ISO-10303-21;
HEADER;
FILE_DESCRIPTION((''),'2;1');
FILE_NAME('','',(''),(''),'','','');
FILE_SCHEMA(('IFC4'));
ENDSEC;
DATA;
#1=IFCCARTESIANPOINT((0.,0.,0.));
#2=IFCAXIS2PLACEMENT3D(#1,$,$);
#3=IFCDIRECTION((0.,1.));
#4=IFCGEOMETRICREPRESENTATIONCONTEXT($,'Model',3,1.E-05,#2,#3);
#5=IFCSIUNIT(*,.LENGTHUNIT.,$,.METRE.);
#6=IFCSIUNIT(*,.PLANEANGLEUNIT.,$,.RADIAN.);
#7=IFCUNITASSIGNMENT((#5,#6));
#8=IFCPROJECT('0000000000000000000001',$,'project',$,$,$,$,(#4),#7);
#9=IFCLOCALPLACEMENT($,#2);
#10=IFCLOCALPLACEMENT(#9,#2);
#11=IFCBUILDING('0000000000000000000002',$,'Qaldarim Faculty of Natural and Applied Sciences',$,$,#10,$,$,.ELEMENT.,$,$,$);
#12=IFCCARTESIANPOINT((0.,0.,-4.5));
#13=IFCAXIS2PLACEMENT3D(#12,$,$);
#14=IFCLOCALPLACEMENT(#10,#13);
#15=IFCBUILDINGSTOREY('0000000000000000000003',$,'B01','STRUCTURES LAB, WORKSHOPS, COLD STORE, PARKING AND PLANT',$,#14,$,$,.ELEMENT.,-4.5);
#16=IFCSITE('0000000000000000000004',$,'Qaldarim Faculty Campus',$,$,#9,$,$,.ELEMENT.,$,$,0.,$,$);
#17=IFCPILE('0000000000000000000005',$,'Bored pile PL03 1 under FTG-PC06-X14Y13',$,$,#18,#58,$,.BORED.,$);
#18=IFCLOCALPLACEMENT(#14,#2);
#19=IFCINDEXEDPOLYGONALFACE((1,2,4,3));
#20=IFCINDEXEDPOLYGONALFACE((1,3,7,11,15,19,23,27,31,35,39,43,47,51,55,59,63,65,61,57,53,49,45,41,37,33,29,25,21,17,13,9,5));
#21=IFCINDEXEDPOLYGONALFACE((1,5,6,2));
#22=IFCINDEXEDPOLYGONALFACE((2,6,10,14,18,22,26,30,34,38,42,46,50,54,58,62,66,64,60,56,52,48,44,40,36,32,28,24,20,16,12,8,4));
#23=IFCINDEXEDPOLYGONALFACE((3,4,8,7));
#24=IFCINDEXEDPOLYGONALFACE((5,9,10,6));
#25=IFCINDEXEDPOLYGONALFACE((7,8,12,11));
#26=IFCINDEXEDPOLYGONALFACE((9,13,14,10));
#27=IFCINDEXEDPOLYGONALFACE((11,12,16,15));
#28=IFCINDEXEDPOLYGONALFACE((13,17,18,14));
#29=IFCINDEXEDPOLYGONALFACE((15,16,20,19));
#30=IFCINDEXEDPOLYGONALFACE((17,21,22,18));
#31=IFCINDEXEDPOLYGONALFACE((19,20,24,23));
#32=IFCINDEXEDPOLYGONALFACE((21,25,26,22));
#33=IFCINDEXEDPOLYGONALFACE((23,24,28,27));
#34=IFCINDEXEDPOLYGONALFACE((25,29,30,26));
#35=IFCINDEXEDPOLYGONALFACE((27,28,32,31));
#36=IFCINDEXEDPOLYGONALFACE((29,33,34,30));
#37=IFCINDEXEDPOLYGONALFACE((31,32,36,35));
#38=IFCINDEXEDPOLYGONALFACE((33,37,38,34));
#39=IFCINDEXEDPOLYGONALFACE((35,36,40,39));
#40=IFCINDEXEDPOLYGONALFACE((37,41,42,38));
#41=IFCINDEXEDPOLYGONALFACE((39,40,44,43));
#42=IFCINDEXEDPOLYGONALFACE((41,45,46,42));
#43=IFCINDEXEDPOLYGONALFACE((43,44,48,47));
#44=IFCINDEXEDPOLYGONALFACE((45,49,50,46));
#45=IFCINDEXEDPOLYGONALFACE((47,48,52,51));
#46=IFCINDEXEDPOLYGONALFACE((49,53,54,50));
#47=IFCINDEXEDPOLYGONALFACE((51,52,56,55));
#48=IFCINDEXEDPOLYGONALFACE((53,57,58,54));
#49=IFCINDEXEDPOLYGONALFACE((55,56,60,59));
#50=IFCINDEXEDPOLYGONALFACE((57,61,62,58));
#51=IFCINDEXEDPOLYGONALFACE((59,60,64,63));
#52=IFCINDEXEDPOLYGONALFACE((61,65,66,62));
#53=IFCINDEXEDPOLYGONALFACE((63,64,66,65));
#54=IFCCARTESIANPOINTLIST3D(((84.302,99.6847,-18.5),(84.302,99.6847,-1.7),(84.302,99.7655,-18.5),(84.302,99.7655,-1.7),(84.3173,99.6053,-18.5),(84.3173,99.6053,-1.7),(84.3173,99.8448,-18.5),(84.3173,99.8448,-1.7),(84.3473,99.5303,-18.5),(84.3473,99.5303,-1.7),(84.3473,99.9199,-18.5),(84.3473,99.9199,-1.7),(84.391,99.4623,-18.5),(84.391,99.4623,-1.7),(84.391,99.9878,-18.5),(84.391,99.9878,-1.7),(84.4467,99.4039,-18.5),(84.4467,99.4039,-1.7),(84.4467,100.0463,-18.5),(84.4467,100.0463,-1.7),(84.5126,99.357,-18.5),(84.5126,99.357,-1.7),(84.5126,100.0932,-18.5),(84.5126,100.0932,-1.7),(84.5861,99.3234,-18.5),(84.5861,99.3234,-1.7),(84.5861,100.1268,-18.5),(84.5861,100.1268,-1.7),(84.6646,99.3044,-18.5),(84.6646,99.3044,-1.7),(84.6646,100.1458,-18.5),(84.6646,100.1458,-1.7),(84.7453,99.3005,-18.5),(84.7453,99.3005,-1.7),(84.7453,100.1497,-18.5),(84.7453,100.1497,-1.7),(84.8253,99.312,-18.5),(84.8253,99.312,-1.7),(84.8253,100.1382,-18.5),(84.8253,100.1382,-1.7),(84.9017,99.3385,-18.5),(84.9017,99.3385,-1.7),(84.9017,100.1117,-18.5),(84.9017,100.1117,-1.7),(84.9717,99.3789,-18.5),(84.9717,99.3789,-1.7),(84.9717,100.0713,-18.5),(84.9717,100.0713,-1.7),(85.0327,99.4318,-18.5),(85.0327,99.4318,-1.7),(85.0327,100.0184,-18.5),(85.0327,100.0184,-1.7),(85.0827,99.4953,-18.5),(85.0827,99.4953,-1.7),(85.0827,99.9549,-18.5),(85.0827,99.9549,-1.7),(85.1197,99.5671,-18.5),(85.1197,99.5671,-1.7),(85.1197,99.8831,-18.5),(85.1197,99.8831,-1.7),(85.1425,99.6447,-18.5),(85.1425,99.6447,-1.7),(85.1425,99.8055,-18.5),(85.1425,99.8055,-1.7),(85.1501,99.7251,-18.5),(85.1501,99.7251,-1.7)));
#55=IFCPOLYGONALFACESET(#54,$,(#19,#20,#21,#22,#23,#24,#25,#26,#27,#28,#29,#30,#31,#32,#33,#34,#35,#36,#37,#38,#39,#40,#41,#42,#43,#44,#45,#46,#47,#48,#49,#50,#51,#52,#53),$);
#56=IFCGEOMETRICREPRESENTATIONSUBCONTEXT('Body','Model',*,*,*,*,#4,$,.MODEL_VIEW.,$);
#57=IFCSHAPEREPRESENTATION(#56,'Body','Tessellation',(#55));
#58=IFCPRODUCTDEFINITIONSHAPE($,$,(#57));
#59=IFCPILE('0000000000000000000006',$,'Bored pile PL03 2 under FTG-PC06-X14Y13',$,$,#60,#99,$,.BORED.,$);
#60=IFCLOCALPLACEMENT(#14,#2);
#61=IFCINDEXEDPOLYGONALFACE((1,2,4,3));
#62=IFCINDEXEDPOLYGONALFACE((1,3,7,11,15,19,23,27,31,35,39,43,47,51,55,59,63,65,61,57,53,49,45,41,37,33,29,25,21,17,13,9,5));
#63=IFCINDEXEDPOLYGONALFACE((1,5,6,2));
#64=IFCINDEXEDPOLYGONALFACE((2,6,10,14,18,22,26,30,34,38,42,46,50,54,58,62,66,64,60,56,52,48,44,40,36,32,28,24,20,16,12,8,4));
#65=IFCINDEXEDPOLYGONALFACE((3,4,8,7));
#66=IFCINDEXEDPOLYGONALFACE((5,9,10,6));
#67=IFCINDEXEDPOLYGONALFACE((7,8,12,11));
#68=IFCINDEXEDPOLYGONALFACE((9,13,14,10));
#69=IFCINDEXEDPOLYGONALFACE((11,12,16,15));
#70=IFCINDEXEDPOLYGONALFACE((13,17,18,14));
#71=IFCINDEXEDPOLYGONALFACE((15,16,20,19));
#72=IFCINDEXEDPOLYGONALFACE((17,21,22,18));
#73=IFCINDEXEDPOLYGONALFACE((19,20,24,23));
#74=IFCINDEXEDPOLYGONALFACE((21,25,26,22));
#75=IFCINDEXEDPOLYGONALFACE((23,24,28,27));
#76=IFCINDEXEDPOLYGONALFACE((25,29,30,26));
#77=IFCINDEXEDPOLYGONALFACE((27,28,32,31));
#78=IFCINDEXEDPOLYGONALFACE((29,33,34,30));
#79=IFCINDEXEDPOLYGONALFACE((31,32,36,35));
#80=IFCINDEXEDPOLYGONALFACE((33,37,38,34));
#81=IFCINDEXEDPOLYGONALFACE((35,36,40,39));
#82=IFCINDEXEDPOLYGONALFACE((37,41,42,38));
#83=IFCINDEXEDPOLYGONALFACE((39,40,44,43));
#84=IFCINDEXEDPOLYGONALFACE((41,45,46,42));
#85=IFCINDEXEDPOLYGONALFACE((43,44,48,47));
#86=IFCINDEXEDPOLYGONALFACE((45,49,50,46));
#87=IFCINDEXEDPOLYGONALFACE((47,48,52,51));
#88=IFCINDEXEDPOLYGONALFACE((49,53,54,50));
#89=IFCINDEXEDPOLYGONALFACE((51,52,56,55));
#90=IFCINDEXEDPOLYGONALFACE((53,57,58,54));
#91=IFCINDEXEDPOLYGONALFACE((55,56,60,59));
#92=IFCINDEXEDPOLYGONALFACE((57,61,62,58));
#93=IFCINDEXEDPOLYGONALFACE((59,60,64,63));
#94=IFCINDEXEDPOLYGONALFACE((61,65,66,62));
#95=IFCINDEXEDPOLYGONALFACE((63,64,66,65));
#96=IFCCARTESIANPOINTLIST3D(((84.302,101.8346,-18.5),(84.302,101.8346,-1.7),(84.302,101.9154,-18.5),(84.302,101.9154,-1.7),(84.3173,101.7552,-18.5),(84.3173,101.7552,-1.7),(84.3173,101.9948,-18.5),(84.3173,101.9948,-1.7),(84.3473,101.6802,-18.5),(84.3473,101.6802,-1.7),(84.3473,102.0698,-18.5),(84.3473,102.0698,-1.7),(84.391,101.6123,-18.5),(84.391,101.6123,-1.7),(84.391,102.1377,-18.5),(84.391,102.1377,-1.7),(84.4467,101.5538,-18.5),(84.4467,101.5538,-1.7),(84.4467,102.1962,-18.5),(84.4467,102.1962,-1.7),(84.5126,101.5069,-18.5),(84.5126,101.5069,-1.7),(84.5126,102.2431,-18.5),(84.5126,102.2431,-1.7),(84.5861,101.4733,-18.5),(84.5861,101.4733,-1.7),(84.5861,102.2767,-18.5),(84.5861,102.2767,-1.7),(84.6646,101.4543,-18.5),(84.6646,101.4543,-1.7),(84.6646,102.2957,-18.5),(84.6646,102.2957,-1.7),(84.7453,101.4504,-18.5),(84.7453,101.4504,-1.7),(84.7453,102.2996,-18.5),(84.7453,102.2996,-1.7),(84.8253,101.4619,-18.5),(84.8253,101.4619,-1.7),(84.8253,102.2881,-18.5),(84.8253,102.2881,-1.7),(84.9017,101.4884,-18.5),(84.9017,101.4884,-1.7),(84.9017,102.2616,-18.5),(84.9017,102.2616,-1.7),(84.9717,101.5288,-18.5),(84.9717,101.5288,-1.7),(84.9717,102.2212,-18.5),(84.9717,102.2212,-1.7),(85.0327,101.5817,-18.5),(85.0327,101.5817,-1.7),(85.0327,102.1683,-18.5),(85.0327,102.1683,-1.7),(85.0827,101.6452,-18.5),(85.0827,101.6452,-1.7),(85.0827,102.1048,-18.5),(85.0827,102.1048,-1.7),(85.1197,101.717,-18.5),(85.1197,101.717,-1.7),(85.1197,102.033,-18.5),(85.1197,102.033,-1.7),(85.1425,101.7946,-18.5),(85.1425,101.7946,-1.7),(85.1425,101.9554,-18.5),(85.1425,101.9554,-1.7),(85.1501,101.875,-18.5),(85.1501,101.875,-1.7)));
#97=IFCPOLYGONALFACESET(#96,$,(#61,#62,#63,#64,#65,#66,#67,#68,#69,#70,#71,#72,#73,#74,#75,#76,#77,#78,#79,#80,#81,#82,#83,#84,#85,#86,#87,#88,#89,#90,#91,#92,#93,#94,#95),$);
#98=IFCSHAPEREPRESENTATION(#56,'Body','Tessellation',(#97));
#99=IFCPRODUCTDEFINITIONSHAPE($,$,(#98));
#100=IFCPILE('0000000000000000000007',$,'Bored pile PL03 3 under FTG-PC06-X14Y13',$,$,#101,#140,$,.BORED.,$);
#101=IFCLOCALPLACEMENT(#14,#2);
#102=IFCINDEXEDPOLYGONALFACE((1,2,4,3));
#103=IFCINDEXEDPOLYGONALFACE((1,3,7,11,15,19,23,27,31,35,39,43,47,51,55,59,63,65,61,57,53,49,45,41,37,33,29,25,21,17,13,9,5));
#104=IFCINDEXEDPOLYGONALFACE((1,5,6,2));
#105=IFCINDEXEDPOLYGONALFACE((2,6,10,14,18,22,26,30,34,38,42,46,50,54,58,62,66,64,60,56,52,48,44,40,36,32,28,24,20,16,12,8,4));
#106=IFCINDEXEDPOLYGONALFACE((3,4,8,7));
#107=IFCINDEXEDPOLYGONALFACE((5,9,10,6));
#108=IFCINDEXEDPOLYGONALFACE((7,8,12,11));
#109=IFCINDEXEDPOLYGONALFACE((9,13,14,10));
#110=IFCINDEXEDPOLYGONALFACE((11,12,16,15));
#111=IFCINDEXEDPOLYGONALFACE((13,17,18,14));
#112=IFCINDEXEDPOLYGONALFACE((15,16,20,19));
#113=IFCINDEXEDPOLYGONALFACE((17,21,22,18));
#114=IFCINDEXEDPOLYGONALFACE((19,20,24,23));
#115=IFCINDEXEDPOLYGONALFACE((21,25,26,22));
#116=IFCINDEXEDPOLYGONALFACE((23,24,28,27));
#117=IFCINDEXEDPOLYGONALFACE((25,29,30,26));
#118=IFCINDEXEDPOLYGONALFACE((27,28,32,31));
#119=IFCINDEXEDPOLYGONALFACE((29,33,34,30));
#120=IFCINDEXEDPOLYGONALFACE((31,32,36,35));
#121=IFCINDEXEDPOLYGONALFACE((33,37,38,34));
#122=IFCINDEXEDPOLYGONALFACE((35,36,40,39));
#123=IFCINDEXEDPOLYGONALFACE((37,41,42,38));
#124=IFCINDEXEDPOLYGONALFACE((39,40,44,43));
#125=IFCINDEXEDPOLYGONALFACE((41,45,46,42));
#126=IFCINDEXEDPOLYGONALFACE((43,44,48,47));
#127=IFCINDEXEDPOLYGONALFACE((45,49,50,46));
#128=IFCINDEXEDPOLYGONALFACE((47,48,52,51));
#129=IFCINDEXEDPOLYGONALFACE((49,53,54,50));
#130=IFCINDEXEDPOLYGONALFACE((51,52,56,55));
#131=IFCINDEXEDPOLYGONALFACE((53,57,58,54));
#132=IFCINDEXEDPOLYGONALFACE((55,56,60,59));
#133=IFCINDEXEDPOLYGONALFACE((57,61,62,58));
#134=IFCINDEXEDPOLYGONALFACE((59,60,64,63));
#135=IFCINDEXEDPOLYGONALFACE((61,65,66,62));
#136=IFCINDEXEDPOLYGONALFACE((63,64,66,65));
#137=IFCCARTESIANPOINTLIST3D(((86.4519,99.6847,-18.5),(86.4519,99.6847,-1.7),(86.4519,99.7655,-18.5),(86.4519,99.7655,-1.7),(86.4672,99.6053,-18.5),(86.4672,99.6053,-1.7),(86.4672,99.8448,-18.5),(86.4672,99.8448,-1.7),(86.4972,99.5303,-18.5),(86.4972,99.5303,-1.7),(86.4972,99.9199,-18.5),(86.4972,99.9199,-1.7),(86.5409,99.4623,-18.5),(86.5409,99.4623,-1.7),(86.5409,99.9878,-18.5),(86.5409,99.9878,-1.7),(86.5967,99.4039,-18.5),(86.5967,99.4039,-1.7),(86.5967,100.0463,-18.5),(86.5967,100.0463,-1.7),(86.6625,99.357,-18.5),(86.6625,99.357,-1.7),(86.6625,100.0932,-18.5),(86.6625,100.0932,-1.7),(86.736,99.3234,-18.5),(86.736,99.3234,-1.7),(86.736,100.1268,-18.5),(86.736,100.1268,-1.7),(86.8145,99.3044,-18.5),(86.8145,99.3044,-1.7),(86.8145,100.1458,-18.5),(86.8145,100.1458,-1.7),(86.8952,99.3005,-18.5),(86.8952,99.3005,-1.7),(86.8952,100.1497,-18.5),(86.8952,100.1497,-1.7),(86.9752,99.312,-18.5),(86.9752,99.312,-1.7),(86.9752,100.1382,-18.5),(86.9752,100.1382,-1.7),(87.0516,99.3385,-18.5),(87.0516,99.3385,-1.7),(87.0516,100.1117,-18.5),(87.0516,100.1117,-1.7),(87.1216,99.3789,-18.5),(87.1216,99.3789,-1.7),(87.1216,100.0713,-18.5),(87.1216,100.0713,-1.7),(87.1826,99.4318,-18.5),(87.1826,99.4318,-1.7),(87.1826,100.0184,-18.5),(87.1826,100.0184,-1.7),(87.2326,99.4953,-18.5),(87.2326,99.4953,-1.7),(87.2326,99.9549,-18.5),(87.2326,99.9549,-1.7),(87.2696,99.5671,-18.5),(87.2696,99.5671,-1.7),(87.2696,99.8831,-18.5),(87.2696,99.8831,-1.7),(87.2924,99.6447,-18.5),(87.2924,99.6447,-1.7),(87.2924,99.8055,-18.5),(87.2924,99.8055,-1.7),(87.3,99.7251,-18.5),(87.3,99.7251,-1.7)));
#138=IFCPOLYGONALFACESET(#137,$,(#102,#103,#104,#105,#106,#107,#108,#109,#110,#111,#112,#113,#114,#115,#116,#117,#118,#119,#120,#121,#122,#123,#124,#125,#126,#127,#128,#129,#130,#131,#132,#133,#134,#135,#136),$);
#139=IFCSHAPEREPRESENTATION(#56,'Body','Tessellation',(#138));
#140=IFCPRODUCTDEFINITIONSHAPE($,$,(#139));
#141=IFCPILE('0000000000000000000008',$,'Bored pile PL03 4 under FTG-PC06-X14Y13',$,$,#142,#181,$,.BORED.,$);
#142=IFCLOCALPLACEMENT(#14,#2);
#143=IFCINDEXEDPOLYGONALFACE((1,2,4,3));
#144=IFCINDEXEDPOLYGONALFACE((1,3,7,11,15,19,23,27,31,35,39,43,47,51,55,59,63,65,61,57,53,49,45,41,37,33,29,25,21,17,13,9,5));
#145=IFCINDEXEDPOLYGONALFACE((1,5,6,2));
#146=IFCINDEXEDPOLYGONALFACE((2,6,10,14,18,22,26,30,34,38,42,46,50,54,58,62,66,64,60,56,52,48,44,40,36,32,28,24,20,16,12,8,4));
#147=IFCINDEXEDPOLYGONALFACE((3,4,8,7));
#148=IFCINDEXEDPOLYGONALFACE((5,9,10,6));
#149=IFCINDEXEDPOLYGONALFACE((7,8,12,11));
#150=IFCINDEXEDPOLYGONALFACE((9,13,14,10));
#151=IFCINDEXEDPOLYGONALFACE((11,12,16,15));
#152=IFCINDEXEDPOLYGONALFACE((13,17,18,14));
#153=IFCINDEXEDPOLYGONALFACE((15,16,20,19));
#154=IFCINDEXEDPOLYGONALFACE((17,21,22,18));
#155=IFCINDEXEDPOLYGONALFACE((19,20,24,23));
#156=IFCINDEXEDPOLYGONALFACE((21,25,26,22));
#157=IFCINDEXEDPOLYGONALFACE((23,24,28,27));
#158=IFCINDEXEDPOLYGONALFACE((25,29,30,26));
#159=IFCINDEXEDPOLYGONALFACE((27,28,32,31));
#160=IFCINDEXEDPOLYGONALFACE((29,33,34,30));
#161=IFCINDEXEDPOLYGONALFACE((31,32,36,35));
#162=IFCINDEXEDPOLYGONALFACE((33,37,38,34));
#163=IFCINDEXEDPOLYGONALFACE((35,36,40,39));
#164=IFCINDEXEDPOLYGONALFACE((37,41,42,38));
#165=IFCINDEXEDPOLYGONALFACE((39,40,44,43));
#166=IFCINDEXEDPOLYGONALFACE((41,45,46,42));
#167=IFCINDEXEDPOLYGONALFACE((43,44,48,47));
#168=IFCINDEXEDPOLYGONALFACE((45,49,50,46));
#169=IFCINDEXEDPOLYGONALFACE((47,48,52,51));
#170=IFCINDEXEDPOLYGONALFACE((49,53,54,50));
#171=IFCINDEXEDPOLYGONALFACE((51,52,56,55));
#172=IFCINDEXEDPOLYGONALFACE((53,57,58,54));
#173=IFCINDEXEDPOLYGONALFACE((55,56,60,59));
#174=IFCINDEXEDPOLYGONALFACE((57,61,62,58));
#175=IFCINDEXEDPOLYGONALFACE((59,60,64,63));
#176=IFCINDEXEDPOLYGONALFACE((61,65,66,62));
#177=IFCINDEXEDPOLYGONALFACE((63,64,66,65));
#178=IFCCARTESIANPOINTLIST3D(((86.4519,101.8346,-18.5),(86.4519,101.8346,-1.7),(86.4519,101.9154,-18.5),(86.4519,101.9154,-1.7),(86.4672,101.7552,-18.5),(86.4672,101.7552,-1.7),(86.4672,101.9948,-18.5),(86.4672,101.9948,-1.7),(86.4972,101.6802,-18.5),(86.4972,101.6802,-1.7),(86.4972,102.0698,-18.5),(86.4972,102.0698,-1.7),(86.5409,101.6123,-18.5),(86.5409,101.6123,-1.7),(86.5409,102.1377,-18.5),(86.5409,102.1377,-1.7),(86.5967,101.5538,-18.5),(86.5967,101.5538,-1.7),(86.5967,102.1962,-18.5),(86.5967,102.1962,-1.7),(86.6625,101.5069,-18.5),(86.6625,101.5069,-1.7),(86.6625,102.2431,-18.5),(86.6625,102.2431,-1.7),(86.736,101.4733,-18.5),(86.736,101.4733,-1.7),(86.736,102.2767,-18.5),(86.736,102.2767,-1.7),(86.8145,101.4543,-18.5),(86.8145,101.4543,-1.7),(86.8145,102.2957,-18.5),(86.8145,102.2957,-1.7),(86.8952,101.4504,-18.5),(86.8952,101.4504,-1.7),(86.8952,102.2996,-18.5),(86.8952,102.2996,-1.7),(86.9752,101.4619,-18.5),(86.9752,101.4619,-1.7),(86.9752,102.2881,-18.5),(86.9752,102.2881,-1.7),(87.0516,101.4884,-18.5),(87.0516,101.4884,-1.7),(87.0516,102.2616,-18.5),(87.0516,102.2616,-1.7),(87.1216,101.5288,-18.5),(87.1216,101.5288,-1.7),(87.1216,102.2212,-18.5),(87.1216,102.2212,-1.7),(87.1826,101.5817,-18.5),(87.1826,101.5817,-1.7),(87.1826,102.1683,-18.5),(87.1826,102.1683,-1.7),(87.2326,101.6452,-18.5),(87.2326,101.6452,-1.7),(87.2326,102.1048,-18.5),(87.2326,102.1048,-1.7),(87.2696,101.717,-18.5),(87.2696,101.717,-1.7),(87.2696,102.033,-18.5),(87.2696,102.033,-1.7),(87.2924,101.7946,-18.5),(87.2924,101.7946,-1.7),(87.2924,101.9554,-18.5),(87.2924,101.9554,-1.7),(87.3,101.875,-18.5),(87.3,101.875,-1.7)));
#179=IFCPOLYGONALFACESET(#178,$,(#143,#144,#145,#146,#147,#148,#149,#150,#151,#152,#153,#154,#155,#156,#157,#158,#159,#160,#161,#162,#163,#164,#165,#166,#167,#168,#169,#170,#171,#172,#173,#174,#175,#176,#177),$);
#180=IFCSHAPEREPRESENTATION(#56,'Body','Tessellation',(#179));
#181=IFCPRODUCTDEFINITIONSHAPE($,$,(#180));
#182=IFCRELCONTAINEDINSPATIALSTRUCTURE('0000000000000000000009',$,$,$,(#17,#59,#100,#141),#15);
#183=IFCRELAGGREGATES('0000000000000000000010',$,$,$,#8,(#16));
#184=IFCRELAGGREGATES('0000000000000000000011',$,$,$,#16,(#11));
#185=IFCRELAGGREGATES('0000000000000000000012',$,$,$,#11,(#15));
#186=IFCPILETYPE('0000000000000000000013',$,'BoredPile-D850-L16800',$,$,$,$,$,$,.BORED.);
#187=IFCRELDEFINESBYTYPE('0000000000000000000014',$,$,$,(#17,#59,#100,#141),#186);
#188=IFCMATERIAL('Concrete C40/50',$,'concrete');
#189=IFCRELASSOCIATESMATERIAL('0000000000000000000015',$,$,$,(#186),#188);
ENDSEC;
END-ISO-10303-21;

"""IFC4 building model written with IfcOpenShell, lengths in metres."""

from ifc_helpers import new_model, si_unit, direction, frame, origin, origin_2d, place, context, subcontext, project, spatial, circle, extrude, material, material_profile, profile_set, type_object, element, save


model = new_model("IFC4")

# Units and contexts
model_context = context("Model", 3, precision=1e-05, world=origin(), true_north=direction((0.0, 1.0)))
body_context = subcontext(model_context, "Body", "Model", "MODEL_VIEW")
ifc_project = project(units=[si_unit("LENGTHUNIT", "METRE"), si_unit("PLANEANGLEUNIT", "RADIAN")], contexts=[model_context])

# Site, building, storey
site_placement = place(None, origin())
site = spatial("IfcSite", under=ifc_project, at=site_placement, Name="Qaldarim Faculty Campus", CompositionType="ELEMENT", RefElevation=0.0)
building_placement = place(site_placement, origin())
building = spatial("IfcBuilding", under=site, at=building_placement, Name="Qaldarim Faculty of Natural and Applied Sciences", CompositionType="ELEMENT")
storey_placement = place(building_placement, frame((0.0, 0.0, -4.5)))
storey = spatial("IfcBuildingStorey", under=building, at=storey_placement, Name="B01", Description="STRUCTURES LAB, WORKSHOPS, COLD STORE, PARKING AND PLANT", CompositionType="ELEMENT", Elevation=-4.5)

# Piles
ifc_material_1 = material(Name="Concrete C40/50", Category="concrete")
ifc_material_profile_1 = material_profile(ifc_material_1, circle(Radius=0.425, at=origin_2d()), Name="PILE-D850")
ifc_profile_set_1 = profile_set([ifc_material_profile_1], Name="Concrete C40/50")
pile_type_1 = type_object("IfcPileType", Name="BoredPile-D850-L16800", PredefinedType="BORED", material=ifc_profile_set_1)
for number, where, z_axis, x_axis, name in (
    (1, (84.7251, 99.7251, -1.7), (0.0, 0.0, -1.0), (1.0, 0.0, 0.0), "Bored pile PL03 1 under FTG-PC06-X14Y13"),
    (2, (84.7251, 101.875, -1.7), (0.0, 0.0, -1.0), (1.0, 0.0, 0.0), "Bored pile PL03 2 under FTG-PC06-X14Y13"),
    (3, (86.875, 99.7251, -1.7), (0.0, 0.0, -1.0), (1.0, 0.0, 0.0), "Bored pile PL03 3 under FTG-PC06-X14Y13"),
    (4, (86.875, 101.875, -1.7), (0.0, 0.0, -1.0), (1.0, 0.0, 0.0), "Bored pile PL03 4 under FTG-PC06-X14Y13"),
):
    element("IfcPile", number, at=place(storey_placement, frame(where, z_axis=z_axis, x_axis=x_axis)), inside=storey, type_object=pile_type_1, Name=name, PredefinedType="BORED", context=body_context, shape_type="SweptSolid", body=[
        extrude(circle(Radius=0.425, at=origin_2d()), origin(), (0.0, 0.0, 1.0), 16.8),
    ])

save(model, "model.ifc")
